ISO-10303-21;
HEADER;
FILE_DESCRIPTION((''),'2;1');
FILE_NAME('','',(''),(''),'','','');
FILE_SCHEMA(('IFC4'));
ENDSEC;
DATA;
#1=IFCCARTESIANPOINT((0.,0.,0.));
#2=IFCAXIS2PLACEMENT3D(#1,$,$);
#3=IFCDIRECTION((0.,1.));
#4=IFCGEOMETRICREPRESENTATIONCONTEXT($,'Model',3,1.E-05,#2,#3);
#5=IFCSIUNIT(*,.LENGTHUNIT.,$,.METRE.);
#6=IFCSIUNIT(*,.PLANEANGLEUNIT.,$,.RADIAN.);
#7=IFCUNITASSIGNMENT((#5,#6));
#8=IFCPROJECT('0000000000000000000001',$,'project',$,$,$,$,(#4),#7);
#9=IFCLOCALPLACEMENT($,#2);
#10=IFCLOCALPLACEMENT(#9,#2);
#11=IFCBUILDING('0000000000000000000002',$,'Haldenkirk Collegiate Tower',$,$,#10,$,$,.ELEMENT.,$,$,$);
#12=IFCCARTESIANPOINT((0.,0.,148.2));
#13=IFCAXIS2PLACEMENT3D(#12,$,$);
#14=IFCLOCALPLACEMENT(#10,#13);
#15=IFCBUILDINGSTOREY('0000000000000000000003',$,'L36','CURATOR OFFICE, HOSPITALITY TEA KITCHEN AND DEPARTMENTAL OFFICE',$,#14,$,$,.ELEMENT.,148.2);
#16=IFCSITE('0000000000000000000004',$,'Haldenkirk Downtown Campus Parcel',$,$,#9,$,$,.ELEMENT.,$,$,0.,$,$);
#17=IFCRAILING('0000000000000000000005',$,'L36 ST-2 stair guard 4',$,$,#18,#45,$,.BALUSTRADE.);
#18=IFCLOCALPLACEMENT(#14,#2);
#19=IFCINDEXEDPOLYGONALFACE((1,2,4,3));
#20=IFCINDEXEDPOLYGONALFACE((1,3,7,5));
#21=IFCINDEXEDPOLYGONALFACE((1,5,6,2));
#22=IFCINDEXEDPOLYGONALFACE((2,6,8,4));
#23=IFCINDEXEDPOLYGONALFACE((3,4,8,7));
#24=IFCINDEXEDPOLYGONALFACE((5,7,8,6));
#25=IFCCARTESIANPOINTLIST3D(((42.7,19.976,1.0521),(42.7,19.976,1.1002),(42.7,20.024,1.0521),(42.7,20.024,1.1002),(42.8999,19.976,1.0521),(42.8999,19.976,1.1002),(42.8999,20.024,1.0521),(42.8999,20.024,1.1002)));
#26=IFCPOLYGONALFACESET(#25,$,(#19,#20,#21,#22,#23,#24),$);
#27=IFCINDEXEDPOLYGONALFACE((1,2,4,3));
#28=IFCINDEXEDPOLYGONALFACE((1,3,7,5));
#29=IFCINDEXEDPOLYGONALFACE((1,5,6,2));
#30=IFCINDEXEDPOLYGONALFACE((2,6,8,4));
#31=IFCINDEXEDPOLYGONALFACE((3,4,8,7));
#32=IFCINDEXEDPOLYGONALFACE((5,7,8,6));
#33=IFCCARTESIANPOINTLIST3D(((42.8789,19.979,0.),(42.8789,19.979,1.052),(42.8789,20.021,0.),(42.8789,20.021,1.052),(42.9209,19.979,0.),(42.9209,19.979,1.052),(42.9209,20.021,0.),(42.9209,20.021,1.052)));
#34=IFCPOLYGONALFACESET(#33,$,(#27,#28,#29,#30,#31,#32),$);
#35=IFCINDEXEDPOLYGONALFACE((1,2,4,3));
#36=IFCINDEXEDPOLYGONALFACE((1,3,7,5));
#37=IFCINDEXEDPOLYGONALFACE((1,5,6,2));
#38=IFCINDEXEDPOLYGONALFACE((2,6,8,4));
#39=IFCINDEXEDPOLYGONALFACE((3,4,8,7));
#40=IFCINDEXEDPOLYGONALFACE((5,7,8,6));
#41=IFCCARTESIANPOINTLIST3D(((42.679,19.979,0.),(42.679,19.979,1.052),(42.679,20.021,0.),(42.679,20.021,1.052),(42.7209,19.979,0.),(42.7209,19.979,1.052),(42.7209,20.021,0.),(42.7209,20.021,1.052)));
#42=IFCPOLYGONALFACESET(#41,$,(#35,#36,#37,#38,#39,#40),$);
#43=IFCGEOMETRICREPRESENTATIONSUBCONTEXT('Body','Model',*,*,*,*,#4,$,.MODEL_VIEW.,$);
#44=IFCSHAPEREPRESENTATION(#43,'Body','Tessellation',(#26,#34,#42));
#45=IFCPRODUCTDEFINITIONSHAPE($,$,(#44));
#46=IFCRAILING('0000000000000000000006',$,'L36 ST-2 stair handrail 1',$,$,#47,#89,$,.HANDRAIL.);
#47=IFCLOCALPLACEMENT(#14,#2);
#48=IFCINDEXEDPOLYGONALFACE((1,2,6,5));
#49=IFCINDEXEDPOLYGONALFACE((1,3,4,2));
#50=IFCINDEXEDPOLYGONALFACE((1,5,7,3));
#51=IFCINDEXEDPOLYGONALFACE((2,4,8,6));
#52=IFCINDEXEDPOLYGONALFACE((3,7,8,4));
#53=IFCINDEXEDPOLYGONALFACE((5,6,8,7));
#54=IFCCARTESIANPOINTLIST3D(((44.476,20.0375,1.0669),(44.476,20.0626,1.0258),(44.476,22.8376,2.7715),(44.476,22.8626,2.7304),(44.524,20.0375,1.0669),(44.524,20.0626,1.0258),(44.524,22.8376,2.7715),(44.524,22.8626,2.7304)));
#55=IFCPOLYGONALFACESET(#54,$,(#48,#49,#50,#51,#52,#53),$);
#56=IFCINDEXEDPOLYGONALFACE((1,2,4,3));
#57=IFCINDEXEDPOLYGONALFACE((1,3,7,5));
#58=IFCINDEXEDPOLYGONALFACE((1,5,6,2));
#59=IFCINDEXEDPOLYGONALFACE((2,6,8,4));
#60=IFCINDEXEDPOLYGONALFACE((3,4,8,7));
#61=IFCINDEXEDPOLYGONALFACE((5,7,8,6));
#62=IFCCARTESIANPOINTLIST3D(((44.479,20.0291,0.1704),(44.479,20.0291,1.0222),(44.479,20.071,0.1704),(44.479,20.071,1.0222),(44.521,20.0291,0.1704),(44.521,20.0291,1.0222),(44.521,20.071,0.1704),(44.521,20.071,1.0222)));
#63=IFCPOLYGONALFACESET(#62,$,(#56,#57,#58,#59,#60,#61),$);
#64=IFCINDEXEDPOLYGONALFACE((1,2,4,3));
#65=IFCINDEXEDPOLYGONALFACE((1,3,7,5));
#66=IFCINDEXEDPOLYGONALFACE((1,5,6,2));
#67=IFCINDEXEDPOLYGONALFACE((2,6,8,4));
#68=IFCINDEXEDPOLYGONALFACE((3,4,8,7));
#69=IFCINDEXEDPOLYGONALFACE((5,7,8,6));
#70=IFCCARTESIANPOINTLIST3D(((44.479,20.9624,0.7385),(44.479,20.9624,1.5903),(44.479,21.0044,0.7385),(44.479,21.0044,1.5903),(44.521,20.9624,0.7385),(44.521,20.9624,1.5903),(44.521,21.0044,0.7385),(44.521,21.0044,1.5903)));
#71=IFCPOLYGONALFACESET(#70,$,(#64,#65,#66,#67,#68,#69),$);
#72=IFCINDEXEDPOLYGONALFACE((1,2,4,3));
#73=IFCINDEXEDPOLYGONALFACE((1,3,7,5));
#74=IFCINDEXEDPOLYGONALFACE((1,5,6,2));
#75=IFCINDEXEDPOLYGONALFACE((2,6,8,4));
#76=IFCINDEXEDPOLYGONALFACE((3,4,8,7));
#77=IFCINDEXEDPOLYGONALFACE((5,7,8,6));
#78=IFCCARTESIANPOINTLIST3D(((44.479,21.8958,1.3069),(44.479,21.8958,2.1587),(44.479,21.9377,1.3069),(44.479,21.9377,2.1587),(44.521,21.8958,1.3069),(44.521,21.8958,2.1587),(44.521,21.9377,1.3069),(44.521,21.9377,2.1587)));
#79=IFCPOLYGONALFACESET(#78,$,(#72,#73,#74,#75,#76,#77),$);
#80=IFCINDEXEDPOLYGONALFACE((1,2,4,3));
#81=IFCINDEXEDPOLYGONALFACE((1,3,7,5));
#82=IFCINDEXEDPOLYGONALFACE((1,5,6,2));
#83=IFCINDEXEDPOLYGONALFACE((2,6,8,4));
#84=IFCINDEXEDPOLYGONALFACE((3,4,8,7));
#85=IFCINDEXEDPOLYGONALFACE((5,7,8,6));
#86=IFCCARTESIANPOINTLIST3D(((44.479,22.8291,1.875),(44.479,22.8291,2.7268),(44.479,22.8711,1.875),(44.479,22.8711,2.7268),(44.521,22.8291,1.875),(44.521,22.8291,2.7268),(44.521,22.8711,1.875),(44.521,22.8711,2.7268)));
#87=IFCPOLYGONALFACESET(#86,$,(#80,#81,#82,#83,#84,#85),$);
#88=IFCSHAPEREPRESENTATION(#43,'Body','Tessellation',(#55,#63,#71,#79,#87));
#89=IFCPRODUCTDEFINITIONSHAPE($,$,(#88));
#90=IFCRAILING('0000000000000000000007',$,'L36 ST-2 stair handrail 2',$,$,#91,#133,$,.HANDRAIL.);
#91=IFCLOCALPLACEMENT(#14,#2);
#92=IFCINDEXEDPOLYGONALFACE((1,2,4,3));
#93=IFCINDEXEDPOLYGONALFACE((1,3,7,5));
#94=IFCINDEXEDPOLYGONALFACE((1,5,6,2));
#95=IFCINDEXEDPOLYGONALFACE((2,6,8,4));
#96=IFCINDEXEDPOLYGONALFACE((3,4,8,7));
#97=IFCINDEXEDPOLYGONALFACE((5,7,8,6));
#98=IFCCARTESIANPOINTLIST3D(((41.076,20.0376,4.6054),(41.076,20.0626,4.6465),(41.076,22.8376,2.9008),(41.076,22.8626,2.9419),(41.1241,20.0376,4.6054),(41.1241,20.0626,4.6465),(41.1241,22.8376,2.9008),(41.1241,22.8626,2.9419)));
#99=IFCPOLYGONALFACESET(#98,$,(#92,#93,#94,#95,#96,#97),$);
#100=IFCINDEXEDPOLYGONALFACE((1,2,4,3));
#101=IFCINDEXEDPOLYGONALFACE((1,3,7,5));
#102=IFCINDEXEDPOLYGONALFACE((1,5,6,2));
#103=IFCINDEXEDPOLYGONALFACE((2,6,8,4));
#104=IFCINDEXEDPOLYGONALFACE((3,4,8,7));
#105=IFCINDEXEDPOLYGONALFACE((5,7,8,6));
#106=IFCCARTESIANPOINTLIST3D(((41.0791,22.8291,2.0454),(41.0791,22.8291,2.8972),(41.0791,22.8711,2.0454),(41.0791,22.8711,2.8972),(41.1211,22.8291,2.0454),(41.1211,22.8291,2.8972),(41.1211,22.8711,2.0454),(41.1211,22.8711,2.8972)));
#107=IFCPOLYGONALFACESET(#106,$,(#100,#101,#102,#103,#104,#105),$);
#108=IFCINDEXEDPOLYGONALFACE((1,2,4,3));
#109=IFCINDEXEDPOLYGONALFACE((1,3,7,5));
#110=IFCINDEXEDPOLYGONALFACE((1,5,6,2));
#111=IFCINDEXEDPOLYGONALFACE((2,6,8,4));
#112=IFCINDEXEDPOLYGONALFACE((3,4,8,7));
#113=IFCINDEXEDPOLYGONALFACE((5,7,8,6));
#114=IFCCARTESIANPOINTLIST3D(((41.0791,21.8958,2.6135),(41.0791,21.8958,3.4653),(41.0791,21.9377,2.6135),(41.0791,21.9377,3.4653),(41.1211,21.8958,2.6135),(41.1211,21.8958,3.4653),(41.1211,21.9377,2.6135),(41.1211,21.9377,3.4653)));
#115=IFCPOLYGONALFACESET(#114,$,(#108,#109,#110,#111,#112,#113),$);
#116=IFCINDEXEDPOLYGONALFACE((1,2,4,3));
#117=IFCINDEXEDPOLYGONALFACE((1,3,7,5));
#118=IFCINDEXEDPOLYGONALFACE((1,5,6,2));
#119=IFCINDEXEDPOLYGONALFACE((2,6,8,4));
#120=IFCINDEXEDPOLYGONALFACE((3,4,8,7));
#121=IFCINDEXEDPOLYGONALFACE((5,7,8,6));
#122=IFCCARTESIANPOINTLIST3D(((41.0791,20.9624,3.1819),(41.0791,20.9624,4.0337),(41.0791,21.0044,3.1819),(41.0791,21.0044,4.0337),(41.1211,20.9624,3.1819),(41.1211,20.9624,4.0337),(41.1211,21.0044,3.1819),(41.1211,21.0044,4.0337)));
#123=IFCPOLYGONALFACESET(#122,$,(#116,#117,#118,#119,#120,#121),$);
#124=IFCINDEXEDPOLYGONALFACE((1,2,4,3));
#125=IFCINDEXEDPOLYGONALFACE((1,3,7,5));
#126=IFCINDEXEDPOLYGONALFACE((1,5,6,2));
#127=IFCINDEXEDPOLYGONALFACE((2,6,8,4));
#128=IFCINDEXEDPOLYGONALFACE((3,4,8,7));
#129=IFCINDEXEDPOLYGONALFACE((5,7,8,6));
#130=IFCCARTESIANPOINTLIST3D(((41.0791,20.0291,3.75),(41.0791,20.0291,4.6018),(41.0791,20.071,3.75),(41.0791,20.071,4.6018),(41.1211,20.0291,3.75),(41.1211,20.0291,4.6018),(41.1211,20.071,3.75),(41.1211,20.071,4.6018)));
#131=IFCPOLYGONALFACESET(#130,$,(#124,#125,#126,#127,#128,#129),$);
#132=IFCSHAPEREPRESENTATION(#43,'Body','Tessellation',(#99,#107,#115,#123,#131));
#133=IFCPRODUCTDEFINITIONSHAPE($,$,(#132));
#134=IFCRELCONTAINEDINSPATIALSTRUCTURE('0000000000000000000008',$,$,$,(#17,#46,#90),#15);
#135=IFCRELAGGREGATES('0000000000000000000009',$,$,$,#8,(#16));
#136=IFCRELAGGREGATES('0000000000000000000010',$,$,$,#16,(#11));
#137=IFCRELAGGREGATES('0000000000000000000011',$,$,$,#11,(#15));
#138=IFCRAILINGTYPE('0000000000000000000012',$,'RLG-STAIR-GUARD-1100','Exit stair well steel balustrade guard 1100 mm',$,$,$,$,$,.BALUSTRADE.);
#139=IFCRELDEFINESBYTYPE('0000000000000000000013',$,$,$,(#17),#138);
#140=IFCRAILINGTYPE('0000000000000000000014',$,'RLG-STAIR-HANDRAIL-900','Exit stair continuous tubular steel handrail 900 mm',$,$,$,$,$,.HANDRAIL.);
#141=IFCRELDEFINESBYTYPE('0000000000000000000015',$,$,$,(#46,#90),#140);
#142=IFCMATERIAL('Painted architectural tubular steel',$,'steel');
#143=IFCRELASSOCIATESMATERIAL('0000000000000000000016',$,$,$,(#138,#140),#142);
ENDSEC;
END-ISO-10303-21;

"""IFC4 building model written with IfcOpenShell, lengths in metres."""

from ifc_helpers import new_model, si_unit, direction, frame, origin, origin_2d, place, context, subcontext, project, spatial, rectangle, extrude, material, type_object, element, save


model = new_model("IFC4")

# Units and contexts
model_context = context("Model", 3, precision=1e-05, world=origin(), true_north=direction((0.0, 1.0)))
body_context = subcontext(model_context, "Body", "Model", "MODEL_VIEW")
ifc_project = project(units=[si_unit("LENGTHUNIT", "METRE"), si_unit("PLANEANGLEUNIT", "RADIAN")], contexts=[model_context])

# Site, building, storey
site_placement = place(None, origin())
site = spatial("IfcSite", under=ifc_project, at=site_placement, Name="Haldenkirk Downtown Campus Parcel", CompositionType="ELEMENT", RefElevation=0.0)
building_placement = place(site_placement, origin())
building = spatial("IfcBuilding", under=site, at=building_placement, Name="Haldenkirk Collegiate Tower", CompositionType="ELEMENT")
storey_placement = place(building_placement, frame((0.0, 0.0, 148.2)))
storey = spatial("IfcBuildingStorey", under=building, at=storey_placement, Name="L36", Description="CURATOR OFFICE, HOSPITALITY TEA KITCHEN AND DEPARTMENTAL OFFICE", CompositionType="ELEMENT", Elevation=148.2)

# Railings
ifc_material_1 = material(Name="Painted architectural tubular steel", Category="steel")
railing_type_1 = type_object("IfcRailingType", Name="RLG-STAIR-GUARD-1100", Description="Exit stair well steel balustrade guard 1100 mm", PredefinedType="BALUSTRADE", material=ifc_material_1)
railing_1_placement = place(storey_placement, frame((42.8999, 20.0, 0.0)))
element("IfcRailing", 1, at=railing_1_placement, inside=storey, type_object=railing_type_1, Name="L36 ST-2 stair guard 4", PredefinedType="BALUSTRADE", context=body_context, shape_type="SweptSolid", body=[
    extrude(rectangle(XDim=0.0481, YDim=0.0481, at=origin_2d()), frame((0.0, 0.0, 1.0762), z_axis=(-1.0, 0.0, 0.0), x_axis=(0.0, -1.0, 0.0)), (0.0, 0.0, 1.0), 0.2),
    extrude(rectangle(XDim=0.042, YDim=0.042, at=origin_2d()), origin(), (0.0, 0.0, 1.0), 1.052),
    extrude(rectangle(XDim=0.042, YDim=0.042, at=origin_2d()), frame((-0.2, 0.0, 0.0)), (0.0, 0.0, 1.0), 1.052),
])
railing_type_2 = type_object("IfcRailingType", Name="RLG-STAIR-HANDRAIL-900", Description="Exit stair continuous tubular steel handrail 900 mm", PredefinedType="HANDRAIL", material=ifc_material_1)
railing_2_placement = place(storey_placement, frame((44.5, 20.05, 0.1704)))
element("IfcRailing", 2, at=railing_2_placement, inside=storey, type_object=railing_type_2, Name="L36 ST-2 stair handrail 1", PredefinedType="HANDRAIL", context=body_context, shape_type="SweptSolid", body=[
    extrude(rectangle(XDim=0.0481, YDim=0.0481, at=origin_2d()), frame((0.0, 0.0, 0.876), z_axis=(0.0, 0.85417, 0.519994), x_axis=(-1.0, 0.0, 0.0)), (0.0, 0.0, 1.0), 3.2781),
    extrude(rectangle(XDim=0.042, YDim=0.042, at=origin_2d()), origin(), (0.0, 0.0, 1.0), 0.8518),
    extrude(rectangle(XDim=0.042, YDim=0.042, at=origin_2d()), frame((0.0, 0.9333, 0.5681)), (0.0, 0.0, 1.0), 0.8518),
    extrude(rectangle(XDim=0.042, YDim=0.042, at=origin_2d()), frame((0.0, 1.8667, 1.1365)), (0.0, 0.0, 1.0), 0.8518),
    extrude(rectangle(XDim=0.042, YDim=0.042, at=origin_2d()), frame((0.0, 2.8, 1.7046)), (0.0, 0.0, 1.0), 0.8518),
])
railing_3_placement = place(storey_placement, frame((41.1001, 22.8501, 2.0454)))
element("IfcRailing", 3, at=railing_3_placement, inside=storey, type_object=railing_type_2, Name="L36 ST-2 stair handrail 2", PredefinedType="HANDRAIL", context=body_context, shape_type="SweptSolid", body=[
    extrude(rectangle(XDim=0.0481, YDim=0.0481, at=origin_2d()), frame((0.0, 0.0, 0.876), z_axis=(0.0, -0.85417, 0.519994), x_axis=(1.0, 0.0, 0.0)), (0.0, 0.0, 1.0), 3.2781),
    extrude(rectangle(XDim=0.042, YDim=0.042, at=origin_2d()), origin(), (0.0, 0.0, 1.0), 0.8518),
    extrude(rectangle(XDim=0.042, YDim=0.042, at=origin_2d()), frame((0.0, -0.9333, 0.5681)), (0.0, 0.0, 1.0), 0.8518),
    extrude(rectangle(XDim=0.042, YDim=0.042, at=origin_2d()), frame((0.0, -1.8667, 1.1365)), (0.0, 0.0, 1.0), 0.8518),
    extrude(rectangle(XDim=0.042, YDim=0.042, at=origin_2d()), frame((0.0, -2.8, 1.7046)), (0.0, 0.0, 1.0), 0.8518),
])

save(model, "model.ifc")
